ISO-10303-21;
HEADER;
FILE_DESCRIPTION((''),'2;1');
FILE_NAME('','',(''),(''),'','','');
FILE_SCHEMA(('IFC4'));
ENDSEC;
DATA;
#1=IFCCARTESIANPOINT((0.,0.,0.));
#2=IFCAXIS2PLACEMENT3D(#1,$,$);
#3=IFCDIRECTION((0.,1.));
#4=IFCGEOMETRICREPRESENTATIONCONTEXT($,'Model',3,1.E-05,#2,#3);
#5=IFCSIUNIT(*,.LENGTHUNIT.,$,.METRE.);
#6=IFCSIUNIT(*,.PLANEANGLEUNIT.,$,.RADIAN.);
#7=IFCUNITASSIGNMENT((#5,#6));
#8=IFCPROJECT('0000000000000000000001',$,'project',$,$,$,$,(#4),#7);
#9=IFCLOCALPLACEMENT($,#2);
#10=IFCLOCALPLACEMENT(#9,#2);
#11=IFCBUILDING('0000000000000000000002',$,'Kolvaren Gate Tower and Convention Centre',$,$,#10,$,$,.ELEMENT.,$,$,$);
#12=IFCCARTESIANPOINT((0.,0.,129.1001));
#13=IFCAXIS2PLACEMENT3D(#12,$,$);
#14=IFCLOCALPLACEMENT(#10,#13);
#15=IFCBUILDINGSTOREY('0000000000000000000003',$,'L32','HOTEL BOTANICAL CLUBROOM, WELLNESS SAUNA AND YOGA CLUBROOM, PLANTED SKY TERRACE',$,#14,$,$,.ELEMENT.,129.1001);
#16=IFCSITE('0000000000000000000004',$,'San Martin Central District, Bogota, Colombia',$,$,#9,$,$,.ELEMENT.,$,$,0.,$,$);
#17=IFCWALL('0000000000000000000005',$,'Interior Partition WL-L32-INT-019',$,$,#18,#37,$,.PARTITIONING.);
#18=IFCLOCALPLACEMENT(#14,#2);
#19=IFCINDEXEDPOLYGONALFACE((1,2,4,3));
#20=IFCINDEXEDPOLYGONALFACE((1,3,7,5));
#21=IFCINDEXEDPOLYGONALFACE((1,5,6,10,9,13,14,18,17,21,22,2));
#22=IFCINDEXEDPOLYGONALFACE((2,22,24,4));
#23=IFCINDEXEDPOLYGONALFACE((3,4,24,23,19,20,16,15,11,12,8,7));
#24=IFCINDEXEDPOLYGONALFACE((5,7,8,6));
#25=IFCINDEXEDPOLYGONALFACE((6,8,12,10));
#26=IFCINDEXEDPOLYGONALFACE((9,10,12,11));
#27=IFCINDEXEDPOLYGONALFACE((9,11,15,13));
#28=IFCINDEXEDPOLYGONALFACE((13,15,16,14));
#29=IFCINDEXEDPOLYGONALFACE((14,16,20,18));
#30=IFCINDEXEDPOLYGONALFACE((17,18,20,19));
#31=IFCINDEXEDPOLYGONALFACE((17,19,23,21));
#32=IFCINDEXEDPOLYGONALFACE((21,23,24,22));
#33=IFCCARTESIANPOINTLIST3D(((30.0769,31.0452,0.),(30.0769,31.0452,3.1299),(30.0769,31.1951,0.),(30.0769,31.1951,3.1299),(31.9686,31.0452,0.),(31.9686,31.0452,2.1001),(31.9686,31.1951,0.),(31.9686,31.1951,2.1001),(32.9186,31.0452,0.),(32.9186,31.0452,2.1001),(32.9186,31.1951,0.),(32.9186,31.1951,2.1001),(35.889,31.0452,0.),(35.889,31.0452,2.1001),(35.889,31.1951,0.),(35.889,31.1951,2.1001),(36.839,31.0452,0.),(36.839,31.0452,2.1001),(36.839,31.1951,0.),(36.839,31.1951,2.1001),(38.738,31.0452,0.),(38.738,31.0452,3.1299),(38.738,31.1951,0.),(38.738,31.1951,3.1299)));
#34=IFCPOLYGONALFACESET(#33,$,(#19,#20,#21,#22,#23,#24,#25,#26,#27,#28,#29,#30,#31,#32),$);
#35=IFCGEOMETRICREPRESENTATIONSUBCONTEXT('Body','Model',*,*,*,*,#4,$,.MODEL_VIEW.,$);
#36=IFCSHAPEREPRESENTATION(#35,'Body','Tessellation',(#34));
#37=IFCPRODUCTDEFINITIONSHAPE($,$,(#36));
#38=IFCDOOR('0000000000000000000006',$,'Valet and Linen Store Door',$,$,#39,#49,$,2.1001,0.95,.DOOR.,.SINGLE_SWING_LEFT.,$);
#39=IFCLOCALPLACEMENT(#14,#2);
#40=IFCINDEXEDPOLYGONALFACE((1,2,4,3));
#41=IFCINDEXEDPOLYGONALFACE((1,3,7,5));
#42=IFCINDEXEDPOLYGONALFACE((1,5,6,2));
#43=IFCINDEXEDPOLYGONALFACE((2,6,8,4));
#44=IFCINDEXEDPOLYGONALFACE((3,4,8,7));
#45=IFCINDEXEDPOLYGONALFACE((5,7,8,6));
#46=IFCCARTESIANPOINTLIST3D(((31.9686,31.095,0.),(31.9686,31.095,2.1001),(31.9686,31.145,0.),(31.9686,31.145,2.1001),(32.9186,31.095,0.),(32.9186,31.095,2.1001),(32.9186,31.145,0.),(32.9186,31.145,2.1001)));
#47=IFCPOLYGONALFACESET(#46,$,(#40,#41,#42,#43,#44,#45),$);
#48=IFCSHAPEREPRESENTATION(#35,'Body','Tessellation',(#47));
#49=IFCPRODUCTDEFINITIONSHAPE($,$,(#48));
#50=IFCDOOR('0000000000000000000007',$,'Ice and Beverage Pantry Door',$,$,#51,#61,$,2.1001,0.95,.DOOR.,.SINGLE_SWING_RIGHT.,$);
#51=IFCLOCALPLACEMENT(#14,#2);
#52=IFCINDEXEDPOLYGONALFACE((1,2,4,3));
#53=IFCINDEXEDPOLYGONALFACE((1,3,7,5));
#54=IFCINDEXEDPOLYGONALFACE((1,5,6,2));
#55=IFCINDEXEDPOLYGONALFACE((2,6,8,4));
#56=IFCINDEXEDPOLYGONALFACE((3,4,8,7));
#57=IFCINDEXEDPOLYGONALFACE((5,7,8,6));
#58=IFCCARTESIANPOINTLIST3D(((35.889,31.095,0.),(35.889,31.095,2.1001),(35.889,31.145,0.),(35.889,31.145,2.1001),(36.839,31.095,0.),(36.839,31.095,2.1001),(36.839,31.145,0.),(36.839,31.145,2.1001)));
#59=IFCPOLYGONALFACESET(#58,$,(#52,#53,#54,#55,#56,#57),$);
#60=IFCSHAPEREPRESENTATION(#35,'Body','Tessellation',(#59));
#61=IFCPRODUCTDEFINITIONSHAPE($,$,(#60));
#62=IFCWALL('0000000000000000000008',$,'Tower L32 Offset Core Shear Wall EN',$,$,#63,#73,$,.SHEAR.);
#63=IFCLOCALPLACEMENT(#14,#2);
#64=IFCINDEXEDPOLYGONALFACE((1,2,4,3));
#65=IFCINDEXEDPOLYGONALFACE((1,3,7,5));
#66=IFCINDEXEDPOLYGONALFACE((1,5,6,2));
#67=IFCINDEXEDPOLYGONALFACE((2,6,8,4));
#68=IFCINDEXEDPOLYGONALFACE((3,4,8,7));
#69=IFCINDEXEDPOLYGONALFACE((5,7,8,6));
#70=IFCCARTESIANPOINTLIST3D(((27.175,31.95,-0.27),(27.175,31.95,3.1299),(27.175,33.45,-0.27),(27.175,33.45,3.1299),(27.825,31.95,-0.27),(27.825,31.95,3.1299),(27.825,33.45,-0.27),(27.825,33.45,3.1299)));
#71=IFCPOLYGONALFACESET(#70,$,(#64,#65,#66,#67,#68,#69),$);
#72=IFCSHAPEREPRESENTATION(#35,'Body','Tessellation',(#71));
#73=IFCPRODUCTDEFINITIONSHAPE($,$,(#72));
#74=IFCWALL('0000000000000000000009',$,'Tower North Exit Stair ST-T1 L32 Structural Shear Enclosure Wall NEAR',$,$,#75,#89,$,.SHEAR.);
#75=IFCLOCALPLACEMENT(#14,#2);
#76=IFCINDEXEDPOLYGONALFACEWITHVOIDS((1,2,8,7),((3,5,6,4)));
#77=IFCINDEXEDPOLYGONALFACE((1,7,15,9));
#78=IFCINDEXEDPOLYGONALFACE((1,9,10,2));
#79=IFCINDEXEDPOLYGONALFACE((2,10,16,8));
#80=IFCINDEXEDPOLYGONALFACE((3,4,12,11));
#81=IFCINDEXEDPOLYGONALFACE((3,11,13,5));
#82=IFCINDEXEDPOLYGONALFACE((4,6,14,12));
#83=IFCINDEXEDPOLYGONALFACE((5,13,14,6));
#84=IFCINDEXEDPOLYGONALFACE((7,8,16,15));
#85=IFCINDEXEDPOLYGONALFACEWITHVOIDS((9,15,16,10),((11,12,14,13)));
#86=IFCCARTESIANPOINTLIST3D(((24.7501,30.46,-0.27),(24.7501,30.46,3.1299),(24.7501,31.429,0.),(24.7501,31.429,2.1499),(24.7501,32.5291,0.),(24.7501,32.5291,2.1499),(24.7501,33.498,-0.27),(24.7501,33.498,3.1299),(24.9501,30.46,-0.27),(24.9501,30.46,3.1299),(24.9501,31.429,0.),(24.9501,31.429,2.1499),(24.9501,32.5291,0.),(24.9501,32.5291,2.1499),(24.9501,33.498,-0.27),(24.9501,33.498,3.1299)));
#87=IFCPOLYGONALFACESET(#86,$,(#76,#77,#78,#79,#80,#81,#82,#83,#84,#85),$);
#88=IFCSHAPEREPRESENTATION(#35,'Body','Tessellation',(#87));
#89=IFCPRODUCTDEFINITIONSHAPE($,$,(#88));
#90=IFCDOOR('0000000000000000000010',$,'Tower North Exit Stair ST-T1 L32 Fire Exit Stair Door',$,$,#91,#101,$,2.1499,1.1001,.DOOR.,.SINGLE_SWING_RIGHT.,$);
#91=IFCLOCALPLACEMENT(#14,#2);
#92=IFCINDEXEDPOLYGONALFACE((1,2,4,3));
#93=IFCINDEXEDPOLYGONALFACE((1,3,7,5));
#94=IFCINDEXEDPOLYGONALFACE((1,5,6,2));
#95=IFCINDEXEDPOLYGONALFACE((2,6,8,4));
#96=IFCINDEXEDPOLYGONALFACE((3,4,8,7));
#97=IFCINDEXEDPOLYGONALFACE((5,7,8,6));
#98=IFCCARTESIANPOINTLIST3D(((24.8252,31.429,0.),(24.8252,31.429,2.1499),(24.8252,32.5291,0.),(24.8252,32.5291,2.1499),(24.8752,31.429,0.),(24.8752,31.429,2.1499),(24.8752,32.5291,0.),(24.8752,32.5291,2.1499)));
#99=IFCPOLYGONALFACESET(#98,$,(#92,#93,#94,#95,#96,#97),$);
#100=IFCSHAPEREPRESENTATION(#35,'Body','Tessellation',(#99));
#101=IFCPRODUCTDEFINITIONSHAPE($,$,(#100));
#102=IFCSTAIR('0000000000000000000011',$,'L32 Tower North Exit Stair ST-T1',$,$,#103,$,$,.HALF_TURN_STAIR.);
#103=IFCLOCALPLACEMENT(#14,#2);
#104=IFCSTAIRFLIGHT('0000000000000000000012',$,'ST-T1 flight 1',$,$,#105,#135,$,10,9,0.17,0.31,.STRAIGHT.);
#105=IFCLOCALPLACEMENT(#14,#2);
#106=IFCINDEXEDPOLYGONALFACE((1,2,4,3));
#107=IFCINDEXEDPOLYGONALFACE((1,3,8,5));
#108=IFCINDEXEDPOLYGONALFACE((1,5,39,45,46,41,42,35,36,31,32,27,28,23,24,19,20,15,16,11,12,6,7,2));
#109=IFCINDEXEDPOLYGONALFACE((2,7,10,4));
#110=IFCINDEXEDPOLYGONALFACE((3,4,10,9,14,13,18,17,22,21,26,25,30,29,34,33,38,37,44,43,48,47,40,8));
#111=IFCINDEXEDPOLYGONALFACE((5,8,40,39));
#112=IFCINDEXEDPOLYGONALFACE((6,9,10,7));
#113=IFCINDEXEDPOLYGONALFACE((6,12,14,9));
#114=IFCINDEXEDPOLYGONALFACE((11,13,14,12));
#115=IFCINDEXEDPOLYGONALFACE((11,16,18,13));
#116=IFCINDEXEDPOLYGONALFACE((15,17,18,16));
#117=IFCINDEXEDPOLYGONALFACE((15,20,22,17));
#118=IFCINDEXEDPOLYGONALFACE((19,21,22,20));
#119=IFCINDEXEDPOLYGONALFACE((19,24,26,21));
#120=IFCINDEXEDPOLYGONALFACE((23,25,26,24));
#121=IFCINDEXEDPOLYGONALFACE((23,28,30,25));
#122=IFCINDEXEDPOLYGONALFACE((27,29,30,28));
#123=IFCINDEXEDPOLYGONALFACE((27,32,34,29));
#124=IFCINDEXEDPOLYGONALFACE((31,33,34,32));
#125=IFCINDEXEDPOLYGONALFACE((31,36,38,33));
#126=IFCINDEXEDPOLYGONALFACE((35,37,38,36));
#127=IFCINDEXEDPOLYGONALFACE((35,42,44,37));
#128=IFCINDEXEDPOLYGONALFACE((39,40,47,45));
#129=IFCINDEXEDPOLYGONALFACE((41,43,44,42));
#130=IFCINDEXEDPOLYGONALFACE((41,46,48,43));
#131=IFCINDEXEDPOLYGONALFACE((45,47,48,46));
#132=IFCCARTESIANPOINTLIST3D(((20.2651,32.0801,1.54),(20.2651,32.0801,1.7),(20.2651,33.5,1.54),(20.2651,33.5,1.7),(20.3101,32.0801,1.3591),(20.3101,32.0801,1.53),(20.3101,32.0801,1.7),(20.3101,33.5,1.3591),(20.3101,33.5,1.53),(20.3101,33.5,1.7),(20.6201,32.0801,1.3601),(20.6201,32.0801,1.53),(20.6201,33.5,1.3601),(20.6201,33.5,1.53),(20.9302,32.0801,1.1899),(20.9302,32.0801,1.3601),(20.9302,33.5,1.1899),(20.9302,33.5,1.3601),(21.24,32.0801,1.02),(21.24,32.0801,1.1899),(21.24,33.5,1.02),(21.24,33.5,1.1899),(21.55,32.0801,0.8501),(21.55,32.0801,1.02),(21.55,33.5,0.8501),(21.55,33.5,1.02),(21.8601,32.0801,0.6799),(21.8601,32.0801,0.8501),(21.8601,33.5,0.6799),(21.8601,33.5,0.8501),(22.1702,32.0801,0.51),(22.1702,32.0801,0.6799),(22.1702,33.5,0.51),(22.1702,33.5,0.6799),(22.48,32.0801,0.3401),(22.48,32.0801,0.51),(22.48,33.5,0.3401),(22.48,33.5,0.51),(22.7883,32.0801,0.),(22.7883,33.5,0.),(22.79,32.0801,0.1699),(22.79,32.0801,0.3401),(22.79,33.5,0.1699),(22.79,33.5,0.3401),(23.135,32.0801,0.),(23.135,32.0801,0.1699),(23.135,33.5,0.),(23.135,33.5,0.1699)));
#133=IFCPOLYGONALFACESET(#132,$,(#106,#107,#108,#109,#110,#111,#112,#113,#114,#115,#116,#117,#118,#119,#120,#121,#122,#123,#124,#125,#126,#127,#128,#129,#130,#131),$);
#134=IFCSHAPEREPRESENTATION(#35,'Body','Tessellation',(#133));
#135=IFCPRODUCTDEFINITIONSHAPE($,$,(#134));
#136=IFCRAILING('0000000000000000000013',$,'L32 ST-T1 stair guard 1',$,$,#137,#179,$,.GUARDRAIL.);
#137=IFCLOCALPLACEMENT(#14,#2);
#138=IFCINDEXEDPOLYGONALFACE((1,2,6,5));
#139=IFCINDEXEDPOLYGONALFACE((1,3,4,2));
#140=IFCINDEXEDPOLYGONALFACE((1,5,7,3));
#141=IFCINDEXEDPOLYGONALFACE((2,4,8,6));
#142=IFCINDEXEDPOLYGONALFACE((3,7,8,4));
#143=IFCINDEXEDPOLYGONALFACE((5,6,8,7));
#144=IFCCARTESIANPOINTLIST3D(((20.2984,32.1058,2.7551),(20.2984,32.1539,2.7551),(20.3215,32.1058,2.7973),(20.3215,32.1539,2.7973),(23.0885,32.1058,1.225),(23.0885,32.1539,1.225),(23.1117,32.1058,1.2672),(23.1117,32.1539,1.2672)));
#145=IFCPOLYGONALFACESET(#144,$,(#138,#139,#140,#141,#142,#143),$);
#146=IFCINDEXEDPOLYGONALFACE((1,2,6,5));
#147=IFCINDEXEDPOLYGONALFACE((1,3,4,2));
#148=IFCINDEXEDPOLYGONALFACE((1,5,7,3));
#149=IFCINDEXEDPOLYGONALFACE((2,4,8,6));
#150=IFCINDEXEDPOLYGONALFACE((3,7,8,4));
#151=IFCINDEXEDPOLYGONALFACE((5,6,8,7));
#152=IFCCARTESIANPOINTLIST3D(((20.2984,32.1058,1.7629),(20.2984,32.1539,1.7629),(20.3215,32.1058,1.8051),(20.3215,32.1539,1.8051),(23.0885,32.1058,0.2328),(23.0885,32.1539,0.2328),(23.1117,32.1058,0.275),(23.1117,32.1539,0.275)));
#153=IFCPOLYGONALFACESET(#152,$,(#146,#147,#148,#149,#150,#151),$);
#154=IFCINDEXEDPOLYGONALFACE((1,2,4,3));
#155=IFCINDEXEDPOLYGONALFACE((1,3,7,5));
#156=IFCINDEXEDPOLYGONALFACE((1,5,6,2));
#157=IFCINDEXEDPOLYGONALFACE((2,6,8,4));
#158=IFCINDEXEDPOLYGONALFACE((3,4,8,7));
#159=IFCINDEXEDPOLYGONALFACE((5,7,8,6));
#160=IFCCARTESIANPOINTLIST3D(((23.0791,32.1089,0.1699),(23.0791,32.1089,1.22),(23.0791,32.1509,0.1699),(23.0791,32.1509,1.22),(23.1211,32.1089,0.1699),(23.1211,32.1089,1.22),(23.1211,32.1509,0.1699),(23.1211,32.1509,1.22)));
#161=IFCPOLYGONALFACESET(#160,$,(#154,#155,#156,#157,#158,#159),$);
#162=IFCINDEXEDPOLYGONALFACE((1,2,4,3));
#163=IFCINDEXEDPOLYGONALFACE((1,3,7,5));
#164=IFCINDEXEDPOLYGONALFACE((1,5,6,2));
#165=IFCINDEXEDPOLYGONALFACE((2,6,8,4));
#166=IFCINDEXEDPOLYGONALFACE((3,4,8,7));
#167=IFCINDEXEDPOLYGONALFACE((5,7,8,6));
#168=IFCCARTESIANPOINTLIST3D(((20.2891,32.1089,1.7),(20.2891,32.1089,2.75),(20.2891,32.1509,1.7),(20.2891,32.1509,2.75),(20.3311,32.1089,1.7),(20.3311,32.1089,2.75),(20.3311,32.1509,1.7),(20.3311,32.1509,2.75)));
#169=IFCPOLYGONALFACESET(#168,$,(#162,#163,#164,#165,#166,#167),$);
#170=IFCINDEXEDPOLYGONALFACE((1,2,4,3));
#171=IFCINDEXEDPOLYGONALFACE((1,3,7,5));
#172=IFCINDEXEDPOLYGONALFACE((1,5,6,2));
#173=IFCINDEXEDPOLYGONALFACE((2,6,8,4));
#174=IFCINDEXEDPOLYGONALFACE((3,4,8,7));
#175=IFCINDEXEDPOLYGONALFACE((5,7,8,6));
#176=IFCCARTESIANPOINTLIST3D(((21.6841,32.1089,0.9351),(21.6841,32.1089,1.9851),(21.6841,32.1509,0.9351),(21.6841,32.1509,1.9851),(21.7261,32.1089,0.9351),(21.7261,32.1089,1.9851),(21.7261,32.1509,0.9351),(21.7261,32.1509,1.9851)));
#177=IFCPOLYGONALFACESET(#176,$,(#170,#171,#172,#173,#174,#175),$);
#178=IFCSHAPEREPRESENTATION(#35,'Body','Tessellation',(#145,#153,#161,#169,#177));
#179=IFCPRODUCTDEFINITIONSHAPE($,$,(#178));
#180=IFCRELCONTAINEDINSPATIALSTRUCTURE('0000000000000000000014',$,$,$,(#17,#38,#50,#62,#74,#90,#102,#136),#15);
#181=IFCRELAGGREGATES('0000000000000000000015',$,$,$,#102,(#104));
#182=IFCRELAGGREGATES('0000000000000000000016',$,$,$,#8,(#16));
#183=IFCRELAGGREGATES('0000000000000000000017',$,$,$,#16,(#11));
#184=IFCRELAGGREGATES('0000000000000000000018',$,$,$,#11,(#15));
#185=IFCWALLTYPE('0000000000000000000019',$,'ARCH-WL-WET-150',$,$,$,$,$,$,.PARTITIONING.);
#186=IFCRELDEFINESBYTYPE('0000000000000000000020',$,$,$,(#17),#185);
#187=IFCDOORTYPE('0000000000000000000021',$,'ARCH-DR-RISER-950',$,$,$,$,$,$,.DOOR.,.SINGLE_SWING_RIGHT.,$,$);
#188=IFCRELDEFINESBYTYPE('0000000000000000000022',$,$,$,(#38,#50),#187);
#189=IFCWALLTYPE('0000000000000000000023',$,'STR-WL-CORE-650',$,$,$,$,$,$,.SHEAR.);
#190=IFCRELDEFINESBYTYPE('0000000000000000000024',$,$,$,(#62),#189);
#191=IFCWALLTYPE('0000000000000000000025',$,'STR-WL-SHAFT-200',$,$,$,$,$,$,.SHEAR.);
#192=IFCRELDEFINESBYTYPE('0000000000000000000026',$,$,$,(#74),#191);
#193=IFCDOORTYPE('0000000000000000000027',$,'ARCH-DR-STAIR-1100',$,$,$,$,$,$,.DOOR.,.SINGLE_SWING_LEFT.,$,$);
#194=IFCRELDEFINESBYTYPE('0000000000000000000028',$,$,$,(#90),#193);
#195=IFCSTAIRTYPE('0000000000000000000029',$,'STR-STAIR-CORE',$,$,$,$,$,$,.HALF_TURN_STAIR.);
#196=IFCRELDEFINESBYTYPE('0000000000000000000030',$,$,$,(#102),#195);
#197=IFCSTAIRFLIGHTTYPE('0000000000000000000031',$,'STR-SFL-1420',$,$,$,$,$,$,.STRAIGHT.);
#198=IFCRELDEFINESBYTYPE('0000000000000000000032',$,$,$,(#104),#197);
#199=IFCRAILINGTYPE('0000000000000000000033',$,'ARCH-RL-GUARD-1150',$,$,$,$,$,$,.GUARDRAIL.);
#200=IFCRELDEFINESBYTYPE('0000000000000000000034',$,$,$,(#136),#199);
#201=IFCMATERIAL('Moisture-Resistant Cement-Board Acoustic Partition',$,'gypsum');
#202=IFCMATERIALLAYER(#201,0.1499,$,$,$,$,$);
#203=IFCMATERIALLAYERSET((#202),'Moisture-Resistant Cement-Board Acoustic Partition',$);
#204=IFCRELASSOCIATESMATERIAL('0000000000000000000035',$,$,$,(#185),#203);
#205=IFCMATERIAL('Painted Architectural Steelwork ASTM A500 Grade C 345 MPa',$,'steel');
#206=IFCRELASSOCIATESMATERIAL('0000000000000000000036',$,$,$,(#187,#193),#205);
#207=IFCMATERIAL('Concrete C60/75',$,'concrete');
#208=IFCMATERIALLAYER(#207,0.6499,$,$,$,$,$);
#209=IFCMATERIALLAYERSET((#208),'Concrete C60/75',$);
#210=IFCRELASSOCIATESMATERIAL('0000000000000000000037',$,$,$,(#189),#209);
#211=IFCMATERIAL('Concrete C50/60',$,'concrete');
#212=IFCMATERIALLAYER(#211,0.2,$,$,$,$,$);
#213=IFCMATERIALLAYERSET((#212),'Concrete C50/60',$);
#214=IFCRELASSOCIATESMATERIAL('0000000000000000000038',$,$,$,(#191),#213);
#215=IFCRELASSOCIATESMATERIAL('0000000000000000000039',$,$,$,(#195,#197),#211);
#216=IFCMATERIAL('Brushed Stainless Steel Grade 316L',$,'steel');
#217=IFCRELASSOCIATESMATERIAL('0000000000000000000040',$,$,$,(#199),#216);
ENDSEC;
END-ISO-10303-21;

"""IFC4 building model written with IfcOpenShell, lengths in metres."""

from ifc_helpers import new_model, si_unit, direction, frame, frame_2d, origin, origin_2d, place, context, subcontext, project, spatial, polyline, rectangle, outline, extrude, material, layer, layer_set, type_object, element, fill, aggregate, save


model = new_model("IFC4")

# Units and contexts
model_context = context("Model", 3, precision=1e-05, world=origin(), true_north=direction((0.0, 1.0)))
body_context = subcontext(model_context, "Body", "Model", "MODEL_VIEW")
ifc_project = project(units=[si_unit("LENGTHUNIT", "METRE"), si_unit("PLANEANGLEUNIT", "RADIAN")], contexts=[model_context])

# Site, building, storey
site_placement = place(None, origin())
site = spatial("IfcSite", under=ifc_project, at=site_placement, Name="San Martin Central District, Bogota, Colombia", CompositionType="ELEMENT", RefElevation=0.0)
building_placement = place(site_placement, origin())
building = spatial("IfcBuilding", under=site, at=building_placement, Name="Kolvaren Gate Tower and Convention Centre", CompositionType="ELEMENT")
storey_placement = place(building_placement, frame((0.0, 0.0, 129.1001)))
storey = spatial("IfcBuildingStorey", under=building, at=storey_placement, Name="L32", Description="HOTEL BOTANICAL CLUBROOM, WELLNESS SAUNA AND YOGA CLUBROOM, PLANTED SKY TERRACE", CompositionType="ELEMENT", Elevation=129.1001)

# Shared definitions
ifc_material_1 = material(Name="Brushed Stainless Steel Grade 316L", Category="steel")

# Shared definitions
ifc_material_2 = material(Name="Moisture-Resistant Cement-Board Acoustic Partition", Category="gypsum")
ifc_layer_1 = layer(ifc_material_2, 0.1499)
ifc_layer_set_1 = layer_set([ifc_layer_1], Name="Moisture-Resistant Cement-Board Acoustic Partition")
wall_type_1 = type_object("IfcWallType", Name="ARCH-WL-WET-150", PredefinedType="PARTITIONING", material=ifc_layer_set_1)
ifc_material_3 = material(Name="Painted Architectural Steelwork ASTM A500 Grade C 345 MPa", Category="steel")
door_type_1 = type_object("IfcDoorType", Name="ARCH-DR-RISER-950", OperationType="SINGLE_SWING_RIGHT", PredefinedType="DOOR", material=ifc_material_3)

# Wall, openings, doors
wall_1_placement = place(storey_placement, frame((30.0769, 31.1201, 0.0), z_axis=(0.0, 0.0, 1.0), x_axis=(1.0, 0.0, 0.0)))
wall_1 = element("IfcWall", 1, at=wall_1_placement, inside=storey, type_object=wall_type_1, Name="Interior Partition WL-L32-INT-019", PredefinedType="PARTITIONING", context=body_context, shape_type="SweptSolid", body=[
    extrude(rectangle(XDim=8.6611, YDim=0.1499, at=frame_2d((4.3306, 0.0))), origin(), (0.0, 0.0, 1.0), 3.1299),
])
opening_1_placement = place(wall_1_placement, frame((1.8916, 0.0, 0.0)))
opening_1 = element("IfcOpeningElement", 2, at=opening_1_placement, cuts=wall_1, PredefinedType="OPENING", context=body_context, shape_type="SweptSolid", body=[
    extrude(rectangle(XDim=0.95, YDim=2.1001, at=frame_2d((0.4751, 1.05))), frame((0.0, 0.085, 0.0), z_axis=(0.0, -1.0, 0.0), x_axis=(1.0, 0.0, 0.0)), (0.0, 0.0, 1.0), 0.1699),
])
opening_2_placement = place(wall_1_placement, frame((5.812, 0.0, 0.0)))
opening_2 = element("IfcOpeningElement", 3, at=opening_2_placement, cuts=wall_1, PredefinedType="OPENING", context=body_context, shape_type="SweptSolid", body=[
    extrude(rectangle(XDim=0.95, YDim=2.1001, at=frame_2d((0.4751, 1.05))), frame((0.0, 0.085, 0.0), z_axis=(0.0, -1.0, 0.0), x_axis=(1.0, 0.0, 0.0)), (0.0, 0.0, 1.0), 0.1699),
])
door_1_placement = place(opening_1_placement, origin())
door_1 = element("IfcDoor", 4, at=door_1_placement, inside=storey, type_object=door_type_1, Name="Valet and Linen Store Door", OperationType="SINGLE_SWING_LEFT", OverallHeight=2.1001, OverallWidth=0.95, PredefinedType="DOOR", context=body_context, shape_type="SweptSolid", body=[
    extrude(rectangle(XDim=0.95, YDim=2.1001, at=frame_2d((0.4751, 1.05))), frame((0.0, 0.0249, 0.0), z_axis=(0.0, -1.0, 0.0), x_axis=(1.0, 0.0, 0.0)), (0.0, 0.0, 1.0), 0.05),
])
fill(opening_1, door_1)
door_2_placement = place(opening_2_placement, origin())
door_2 = element("IfcDoor", 5, at=door_2_placement, inside=storey, type_object=door_type_1, Name="Ice and Beverage Pantry Door", OperationType="SINGLE_SWING_RIGHT", OverallHeight=2.1001, OverallWidth=0.95, PredefinedType="DOOR", context=body_context, shape_type="SweptSolid", body=[
    extrude(rectangle(XDim=0.95, YDim=2.1001, at=frame_2d((0.4751, 1.05))), frame((0.0, 0.0249, 0.0), z_axis=(0.0, -1.0, 0.0), x_axis=(1.0, 0.0, 0.0)), (0.0, 0.0, 1.0), 0.05),
])
fill(opening_2, door_2)

# Wall
ifc_material_4 = material(Name="Concrete C60/75", Category="concrete")
ifc_layer_2 = layer(ifc_material_4, 0.6499)
ifc_layer_set_2 = layer_set([ifc_layer_2], Name="Concrete C60/75")
wall_type_2 = type_object("IfcWallType", Name="STR-WL-CORE-650", PredefinedType="SHEAR", material=ifc_layer_set_2)
wall_2_placement = place(storey_placement, frame((27.5, 31.95, -0.27), z_axis=(0.0, 0.0, 1.0), x_axis=(0.0, 1.0, 0.0)))
element("IfcWall", 6, at=wall_2_placement, inside=storey, type_object=wall_type_2, Name="Tower L32 Offset Core Shear Wall EN", PredefinedType="SHEAR", context=body_context, shape_type="SweptSolid", body=[
    extrude(rectangle(XDim=1.5, YDim=0.6499, at=frame_2d((0.75, 0.0))), origin(), (0.0, 0.0, 1.0), 3.3999),
])

# Wall, opening, door
ifc_material_5 = material(Name="Concrete C50/60", Category="concrete")
ifc_layer_3 = layer(ifc_material_5, 0.2)
ifc_layer_set_3 = layer_set([ifc_layer_3], Name="Concrete C50/60")
wall_type_3 = type_object("IfcWallType", Name="STR-WL-SHAFT-200", PredefinedType="SHEAR", material=ifc_layer_set_3)
wall_3_placement = place(storey_placement, frame((24.8501, 30.46, -0.27), z_axis=(0.0, 0.0, 1.0), x_axis=(0.0, 1.0, 0.0)))
wall_3 = element("IfcWall", 7, at=wall_3_placement, inside=storey, type_object=wall_type_3, Name="Tower North Exit Stair ST-T1 L32 Structural Shear Enclosure Wall NEAR", PredefinedType="SHEAR", context=body_context, shape_type="SweptSolid", body=[
    extrude(rectangle(XDim=3.0381, YDim=0.2, at=frame_2d((1.519, 0.0))), origin(), (0.0, 0.0, 1.0), 3.3999),
])
opening_3_placement = place(wall_3_placement, frame((0.969, 0.0, 0.27)))
opening_3 = element("IfcOpeningElement", 8, at=opening_3_placement, cuts=wall_3, PredefinedType="OPENING", context=body_context, shape_type="SweptSolid", body=[
    extrude(rectangle(XDim=1.1001, YDim=2.1499, at=frame_2d((0.55, 1.075))), frame((0.0, 0.1099, 0.0), z_axis=(0.0, -1.0, 0.0), x_axis=(1.0, 0.0, 0.0)), (0.0, 0.0, 1.0), 0.22),
])
door_type_2 = type_object("IfcDoorType", Name="ARCH-DR-STAIR-1100", OperationType="SINGLE_SWING_LEFT", PredefinedType="DOOR", material=ifc_material_3)
door_3_placement = place(opening_3_placement, origin())
door_3 = element("IfcDoor", 9, at=door_3_placement, inside=storey, type_object=door_type_2, Name="Tower North Exit Stair ST-T1 L32 Fire Exit Stair Door", OperationType="SINGLE_SWING_RIGHT", OverallHeight=2.1499, OverallWidth=1.1001, PredefinedType="DOOR", context=body_context, shape_type="SweptSolid", body=[
    extrude(rectangle(XDim=1.1001, YDim=2.1499, at=frame_2d((0.55, 1.075))), frame((0.0, 0.0249, 0.0), z_axis=(0.0, -1.0, 0.0), x_axis=(1.0, 0.0, 0.0)), (0.0, 0.0, 1.0), 0.05),
])
fill(opening_3, door_3)

# Stair, stair flight
stair_type = type_object("IfcStairType", Name="STR-STAIR-CORE", PredefinedType="HALF_TURN_STAIR", material=ifc_material_5)
stair_placement = place(storey_placement, origin())
stair = element("IfcStair", 10, at=stair_placement, inside=storey, type_object=stair_type, Name="L32 Tower North Exit Stair ST-T1", PredefinedType="HALF_TURN_STAIR")
stair_flight_type = type_object("IfcStairFlightType", Name="STR-SFL-1420", PredefinedType="STRAIGHT", material=ifc_material_5)
stair_flight_placement = place(storey_placement, frame((23.1001, 32.79, 0.0), z_axis=(0.0, 0.0, 1.0), x_axis=(-1.0, 0.0, 0.0)))
stair_flight = element("IfcStairFlight", 11, at=stair_flight_placement, type_object=stair_flight_type, Name="ST-T1 flight 1", NumberOfRisers=10, NumberOfTreads=9, PredefinedType="STRAIGHT", RiserHeight=0.17, TreadLength=0.31, context=body_context, shape_type="SweptSolid", body=[
    extrude(outline(polyline([(-0.0349, 0.0), (-0.0349, 0.1699), (0.3101, 0.1699), (0.3101, 0.3401), (0.6201, 0.3401), (0.6201, 0.51), (0.9299, 0.51), (0.9299, 0.6799), (1.24, 0.6799), (1.24, 0.8501), (1.55, 0.8501), (1.55, 1.02), (1.8601, 1.02), (1.8601, 1.1899), (2.1699, 1.1899), (2.1699, 1.3601), (2.48, 1.3601), (2.48, 1.53), (2.79, 1.53), (2.79, 1.7), (2.835, 1.7), (2.835, 1.54), (2.79, 1.3591), (0.3118, 0.0), (-0.0349, 0.0)])), frame((0.0, 0.71, 0.0), z_axis=(0.0, -1.0, 0.0), x_axis=(1.0, 0.0, 0.0)), (0.0, 0.0, 1.0), 1.4199),
])
aggregate(stair, [stair_flight])

# Railing
railing_type_1 = type_object("IfcRailingType", Name="ARCH-RL-GUARD-1150", PredefinedType="GUARDRAIL", material=ifc_material_1)
railing_1_placement = place(storey_placement, frame((23.1001, 32.1299, 0.1699)))
element("IfcRailing", 12, at=railing_1_placement, inside=storey, type_object=railing_type_1, Name="L32 ST-T1 stair guard 1", PredefinedType="GUARDRAIL", context=body_context, shape_type="SweptSolid", body=[
    extrude(rectangle(XDim=0.0481, YDim=0.0481, at=origin_2d()), frame((0.0, 0.0, 1.0762), z_axis=(-0.876811, 0.0, 0.480835), x_axis=(0.0, -1.0, 0.0)), (0.0, 0.0, 1.0), 3.1821),
    extrude(rectangle(XDim=0.0481, YDim=0.0481, at=origin_2d()), frame((0.0, 0.0, 0.084), z_axis=(-0.876811, 0.0, 0.480835), x_axis=(0.0, -1.0, 0.0)), (0.0, 0.0, 1.0), 3.1821),
    extrude(rectangle(XDim=0.042, YDim=0.042, at=origin_2d()), origin(), (0.0, 0.0, 1.0), 1.05),
    extrude(rectangle(XDim=0.042, YDim=0.042, at=origin_2d()), frame((-2.79, 0.0, 1.53)), (0.0, 0.0, 1.0), 1.05),
    extrude(rectangle(XDim=0.042, YDim=0.042, at=origin_2d()), frame((-1.395, 0.0, 0.7651)), (0.0, 0.0, 1.0), 1.05),
])

save(model, "model.ifc")
